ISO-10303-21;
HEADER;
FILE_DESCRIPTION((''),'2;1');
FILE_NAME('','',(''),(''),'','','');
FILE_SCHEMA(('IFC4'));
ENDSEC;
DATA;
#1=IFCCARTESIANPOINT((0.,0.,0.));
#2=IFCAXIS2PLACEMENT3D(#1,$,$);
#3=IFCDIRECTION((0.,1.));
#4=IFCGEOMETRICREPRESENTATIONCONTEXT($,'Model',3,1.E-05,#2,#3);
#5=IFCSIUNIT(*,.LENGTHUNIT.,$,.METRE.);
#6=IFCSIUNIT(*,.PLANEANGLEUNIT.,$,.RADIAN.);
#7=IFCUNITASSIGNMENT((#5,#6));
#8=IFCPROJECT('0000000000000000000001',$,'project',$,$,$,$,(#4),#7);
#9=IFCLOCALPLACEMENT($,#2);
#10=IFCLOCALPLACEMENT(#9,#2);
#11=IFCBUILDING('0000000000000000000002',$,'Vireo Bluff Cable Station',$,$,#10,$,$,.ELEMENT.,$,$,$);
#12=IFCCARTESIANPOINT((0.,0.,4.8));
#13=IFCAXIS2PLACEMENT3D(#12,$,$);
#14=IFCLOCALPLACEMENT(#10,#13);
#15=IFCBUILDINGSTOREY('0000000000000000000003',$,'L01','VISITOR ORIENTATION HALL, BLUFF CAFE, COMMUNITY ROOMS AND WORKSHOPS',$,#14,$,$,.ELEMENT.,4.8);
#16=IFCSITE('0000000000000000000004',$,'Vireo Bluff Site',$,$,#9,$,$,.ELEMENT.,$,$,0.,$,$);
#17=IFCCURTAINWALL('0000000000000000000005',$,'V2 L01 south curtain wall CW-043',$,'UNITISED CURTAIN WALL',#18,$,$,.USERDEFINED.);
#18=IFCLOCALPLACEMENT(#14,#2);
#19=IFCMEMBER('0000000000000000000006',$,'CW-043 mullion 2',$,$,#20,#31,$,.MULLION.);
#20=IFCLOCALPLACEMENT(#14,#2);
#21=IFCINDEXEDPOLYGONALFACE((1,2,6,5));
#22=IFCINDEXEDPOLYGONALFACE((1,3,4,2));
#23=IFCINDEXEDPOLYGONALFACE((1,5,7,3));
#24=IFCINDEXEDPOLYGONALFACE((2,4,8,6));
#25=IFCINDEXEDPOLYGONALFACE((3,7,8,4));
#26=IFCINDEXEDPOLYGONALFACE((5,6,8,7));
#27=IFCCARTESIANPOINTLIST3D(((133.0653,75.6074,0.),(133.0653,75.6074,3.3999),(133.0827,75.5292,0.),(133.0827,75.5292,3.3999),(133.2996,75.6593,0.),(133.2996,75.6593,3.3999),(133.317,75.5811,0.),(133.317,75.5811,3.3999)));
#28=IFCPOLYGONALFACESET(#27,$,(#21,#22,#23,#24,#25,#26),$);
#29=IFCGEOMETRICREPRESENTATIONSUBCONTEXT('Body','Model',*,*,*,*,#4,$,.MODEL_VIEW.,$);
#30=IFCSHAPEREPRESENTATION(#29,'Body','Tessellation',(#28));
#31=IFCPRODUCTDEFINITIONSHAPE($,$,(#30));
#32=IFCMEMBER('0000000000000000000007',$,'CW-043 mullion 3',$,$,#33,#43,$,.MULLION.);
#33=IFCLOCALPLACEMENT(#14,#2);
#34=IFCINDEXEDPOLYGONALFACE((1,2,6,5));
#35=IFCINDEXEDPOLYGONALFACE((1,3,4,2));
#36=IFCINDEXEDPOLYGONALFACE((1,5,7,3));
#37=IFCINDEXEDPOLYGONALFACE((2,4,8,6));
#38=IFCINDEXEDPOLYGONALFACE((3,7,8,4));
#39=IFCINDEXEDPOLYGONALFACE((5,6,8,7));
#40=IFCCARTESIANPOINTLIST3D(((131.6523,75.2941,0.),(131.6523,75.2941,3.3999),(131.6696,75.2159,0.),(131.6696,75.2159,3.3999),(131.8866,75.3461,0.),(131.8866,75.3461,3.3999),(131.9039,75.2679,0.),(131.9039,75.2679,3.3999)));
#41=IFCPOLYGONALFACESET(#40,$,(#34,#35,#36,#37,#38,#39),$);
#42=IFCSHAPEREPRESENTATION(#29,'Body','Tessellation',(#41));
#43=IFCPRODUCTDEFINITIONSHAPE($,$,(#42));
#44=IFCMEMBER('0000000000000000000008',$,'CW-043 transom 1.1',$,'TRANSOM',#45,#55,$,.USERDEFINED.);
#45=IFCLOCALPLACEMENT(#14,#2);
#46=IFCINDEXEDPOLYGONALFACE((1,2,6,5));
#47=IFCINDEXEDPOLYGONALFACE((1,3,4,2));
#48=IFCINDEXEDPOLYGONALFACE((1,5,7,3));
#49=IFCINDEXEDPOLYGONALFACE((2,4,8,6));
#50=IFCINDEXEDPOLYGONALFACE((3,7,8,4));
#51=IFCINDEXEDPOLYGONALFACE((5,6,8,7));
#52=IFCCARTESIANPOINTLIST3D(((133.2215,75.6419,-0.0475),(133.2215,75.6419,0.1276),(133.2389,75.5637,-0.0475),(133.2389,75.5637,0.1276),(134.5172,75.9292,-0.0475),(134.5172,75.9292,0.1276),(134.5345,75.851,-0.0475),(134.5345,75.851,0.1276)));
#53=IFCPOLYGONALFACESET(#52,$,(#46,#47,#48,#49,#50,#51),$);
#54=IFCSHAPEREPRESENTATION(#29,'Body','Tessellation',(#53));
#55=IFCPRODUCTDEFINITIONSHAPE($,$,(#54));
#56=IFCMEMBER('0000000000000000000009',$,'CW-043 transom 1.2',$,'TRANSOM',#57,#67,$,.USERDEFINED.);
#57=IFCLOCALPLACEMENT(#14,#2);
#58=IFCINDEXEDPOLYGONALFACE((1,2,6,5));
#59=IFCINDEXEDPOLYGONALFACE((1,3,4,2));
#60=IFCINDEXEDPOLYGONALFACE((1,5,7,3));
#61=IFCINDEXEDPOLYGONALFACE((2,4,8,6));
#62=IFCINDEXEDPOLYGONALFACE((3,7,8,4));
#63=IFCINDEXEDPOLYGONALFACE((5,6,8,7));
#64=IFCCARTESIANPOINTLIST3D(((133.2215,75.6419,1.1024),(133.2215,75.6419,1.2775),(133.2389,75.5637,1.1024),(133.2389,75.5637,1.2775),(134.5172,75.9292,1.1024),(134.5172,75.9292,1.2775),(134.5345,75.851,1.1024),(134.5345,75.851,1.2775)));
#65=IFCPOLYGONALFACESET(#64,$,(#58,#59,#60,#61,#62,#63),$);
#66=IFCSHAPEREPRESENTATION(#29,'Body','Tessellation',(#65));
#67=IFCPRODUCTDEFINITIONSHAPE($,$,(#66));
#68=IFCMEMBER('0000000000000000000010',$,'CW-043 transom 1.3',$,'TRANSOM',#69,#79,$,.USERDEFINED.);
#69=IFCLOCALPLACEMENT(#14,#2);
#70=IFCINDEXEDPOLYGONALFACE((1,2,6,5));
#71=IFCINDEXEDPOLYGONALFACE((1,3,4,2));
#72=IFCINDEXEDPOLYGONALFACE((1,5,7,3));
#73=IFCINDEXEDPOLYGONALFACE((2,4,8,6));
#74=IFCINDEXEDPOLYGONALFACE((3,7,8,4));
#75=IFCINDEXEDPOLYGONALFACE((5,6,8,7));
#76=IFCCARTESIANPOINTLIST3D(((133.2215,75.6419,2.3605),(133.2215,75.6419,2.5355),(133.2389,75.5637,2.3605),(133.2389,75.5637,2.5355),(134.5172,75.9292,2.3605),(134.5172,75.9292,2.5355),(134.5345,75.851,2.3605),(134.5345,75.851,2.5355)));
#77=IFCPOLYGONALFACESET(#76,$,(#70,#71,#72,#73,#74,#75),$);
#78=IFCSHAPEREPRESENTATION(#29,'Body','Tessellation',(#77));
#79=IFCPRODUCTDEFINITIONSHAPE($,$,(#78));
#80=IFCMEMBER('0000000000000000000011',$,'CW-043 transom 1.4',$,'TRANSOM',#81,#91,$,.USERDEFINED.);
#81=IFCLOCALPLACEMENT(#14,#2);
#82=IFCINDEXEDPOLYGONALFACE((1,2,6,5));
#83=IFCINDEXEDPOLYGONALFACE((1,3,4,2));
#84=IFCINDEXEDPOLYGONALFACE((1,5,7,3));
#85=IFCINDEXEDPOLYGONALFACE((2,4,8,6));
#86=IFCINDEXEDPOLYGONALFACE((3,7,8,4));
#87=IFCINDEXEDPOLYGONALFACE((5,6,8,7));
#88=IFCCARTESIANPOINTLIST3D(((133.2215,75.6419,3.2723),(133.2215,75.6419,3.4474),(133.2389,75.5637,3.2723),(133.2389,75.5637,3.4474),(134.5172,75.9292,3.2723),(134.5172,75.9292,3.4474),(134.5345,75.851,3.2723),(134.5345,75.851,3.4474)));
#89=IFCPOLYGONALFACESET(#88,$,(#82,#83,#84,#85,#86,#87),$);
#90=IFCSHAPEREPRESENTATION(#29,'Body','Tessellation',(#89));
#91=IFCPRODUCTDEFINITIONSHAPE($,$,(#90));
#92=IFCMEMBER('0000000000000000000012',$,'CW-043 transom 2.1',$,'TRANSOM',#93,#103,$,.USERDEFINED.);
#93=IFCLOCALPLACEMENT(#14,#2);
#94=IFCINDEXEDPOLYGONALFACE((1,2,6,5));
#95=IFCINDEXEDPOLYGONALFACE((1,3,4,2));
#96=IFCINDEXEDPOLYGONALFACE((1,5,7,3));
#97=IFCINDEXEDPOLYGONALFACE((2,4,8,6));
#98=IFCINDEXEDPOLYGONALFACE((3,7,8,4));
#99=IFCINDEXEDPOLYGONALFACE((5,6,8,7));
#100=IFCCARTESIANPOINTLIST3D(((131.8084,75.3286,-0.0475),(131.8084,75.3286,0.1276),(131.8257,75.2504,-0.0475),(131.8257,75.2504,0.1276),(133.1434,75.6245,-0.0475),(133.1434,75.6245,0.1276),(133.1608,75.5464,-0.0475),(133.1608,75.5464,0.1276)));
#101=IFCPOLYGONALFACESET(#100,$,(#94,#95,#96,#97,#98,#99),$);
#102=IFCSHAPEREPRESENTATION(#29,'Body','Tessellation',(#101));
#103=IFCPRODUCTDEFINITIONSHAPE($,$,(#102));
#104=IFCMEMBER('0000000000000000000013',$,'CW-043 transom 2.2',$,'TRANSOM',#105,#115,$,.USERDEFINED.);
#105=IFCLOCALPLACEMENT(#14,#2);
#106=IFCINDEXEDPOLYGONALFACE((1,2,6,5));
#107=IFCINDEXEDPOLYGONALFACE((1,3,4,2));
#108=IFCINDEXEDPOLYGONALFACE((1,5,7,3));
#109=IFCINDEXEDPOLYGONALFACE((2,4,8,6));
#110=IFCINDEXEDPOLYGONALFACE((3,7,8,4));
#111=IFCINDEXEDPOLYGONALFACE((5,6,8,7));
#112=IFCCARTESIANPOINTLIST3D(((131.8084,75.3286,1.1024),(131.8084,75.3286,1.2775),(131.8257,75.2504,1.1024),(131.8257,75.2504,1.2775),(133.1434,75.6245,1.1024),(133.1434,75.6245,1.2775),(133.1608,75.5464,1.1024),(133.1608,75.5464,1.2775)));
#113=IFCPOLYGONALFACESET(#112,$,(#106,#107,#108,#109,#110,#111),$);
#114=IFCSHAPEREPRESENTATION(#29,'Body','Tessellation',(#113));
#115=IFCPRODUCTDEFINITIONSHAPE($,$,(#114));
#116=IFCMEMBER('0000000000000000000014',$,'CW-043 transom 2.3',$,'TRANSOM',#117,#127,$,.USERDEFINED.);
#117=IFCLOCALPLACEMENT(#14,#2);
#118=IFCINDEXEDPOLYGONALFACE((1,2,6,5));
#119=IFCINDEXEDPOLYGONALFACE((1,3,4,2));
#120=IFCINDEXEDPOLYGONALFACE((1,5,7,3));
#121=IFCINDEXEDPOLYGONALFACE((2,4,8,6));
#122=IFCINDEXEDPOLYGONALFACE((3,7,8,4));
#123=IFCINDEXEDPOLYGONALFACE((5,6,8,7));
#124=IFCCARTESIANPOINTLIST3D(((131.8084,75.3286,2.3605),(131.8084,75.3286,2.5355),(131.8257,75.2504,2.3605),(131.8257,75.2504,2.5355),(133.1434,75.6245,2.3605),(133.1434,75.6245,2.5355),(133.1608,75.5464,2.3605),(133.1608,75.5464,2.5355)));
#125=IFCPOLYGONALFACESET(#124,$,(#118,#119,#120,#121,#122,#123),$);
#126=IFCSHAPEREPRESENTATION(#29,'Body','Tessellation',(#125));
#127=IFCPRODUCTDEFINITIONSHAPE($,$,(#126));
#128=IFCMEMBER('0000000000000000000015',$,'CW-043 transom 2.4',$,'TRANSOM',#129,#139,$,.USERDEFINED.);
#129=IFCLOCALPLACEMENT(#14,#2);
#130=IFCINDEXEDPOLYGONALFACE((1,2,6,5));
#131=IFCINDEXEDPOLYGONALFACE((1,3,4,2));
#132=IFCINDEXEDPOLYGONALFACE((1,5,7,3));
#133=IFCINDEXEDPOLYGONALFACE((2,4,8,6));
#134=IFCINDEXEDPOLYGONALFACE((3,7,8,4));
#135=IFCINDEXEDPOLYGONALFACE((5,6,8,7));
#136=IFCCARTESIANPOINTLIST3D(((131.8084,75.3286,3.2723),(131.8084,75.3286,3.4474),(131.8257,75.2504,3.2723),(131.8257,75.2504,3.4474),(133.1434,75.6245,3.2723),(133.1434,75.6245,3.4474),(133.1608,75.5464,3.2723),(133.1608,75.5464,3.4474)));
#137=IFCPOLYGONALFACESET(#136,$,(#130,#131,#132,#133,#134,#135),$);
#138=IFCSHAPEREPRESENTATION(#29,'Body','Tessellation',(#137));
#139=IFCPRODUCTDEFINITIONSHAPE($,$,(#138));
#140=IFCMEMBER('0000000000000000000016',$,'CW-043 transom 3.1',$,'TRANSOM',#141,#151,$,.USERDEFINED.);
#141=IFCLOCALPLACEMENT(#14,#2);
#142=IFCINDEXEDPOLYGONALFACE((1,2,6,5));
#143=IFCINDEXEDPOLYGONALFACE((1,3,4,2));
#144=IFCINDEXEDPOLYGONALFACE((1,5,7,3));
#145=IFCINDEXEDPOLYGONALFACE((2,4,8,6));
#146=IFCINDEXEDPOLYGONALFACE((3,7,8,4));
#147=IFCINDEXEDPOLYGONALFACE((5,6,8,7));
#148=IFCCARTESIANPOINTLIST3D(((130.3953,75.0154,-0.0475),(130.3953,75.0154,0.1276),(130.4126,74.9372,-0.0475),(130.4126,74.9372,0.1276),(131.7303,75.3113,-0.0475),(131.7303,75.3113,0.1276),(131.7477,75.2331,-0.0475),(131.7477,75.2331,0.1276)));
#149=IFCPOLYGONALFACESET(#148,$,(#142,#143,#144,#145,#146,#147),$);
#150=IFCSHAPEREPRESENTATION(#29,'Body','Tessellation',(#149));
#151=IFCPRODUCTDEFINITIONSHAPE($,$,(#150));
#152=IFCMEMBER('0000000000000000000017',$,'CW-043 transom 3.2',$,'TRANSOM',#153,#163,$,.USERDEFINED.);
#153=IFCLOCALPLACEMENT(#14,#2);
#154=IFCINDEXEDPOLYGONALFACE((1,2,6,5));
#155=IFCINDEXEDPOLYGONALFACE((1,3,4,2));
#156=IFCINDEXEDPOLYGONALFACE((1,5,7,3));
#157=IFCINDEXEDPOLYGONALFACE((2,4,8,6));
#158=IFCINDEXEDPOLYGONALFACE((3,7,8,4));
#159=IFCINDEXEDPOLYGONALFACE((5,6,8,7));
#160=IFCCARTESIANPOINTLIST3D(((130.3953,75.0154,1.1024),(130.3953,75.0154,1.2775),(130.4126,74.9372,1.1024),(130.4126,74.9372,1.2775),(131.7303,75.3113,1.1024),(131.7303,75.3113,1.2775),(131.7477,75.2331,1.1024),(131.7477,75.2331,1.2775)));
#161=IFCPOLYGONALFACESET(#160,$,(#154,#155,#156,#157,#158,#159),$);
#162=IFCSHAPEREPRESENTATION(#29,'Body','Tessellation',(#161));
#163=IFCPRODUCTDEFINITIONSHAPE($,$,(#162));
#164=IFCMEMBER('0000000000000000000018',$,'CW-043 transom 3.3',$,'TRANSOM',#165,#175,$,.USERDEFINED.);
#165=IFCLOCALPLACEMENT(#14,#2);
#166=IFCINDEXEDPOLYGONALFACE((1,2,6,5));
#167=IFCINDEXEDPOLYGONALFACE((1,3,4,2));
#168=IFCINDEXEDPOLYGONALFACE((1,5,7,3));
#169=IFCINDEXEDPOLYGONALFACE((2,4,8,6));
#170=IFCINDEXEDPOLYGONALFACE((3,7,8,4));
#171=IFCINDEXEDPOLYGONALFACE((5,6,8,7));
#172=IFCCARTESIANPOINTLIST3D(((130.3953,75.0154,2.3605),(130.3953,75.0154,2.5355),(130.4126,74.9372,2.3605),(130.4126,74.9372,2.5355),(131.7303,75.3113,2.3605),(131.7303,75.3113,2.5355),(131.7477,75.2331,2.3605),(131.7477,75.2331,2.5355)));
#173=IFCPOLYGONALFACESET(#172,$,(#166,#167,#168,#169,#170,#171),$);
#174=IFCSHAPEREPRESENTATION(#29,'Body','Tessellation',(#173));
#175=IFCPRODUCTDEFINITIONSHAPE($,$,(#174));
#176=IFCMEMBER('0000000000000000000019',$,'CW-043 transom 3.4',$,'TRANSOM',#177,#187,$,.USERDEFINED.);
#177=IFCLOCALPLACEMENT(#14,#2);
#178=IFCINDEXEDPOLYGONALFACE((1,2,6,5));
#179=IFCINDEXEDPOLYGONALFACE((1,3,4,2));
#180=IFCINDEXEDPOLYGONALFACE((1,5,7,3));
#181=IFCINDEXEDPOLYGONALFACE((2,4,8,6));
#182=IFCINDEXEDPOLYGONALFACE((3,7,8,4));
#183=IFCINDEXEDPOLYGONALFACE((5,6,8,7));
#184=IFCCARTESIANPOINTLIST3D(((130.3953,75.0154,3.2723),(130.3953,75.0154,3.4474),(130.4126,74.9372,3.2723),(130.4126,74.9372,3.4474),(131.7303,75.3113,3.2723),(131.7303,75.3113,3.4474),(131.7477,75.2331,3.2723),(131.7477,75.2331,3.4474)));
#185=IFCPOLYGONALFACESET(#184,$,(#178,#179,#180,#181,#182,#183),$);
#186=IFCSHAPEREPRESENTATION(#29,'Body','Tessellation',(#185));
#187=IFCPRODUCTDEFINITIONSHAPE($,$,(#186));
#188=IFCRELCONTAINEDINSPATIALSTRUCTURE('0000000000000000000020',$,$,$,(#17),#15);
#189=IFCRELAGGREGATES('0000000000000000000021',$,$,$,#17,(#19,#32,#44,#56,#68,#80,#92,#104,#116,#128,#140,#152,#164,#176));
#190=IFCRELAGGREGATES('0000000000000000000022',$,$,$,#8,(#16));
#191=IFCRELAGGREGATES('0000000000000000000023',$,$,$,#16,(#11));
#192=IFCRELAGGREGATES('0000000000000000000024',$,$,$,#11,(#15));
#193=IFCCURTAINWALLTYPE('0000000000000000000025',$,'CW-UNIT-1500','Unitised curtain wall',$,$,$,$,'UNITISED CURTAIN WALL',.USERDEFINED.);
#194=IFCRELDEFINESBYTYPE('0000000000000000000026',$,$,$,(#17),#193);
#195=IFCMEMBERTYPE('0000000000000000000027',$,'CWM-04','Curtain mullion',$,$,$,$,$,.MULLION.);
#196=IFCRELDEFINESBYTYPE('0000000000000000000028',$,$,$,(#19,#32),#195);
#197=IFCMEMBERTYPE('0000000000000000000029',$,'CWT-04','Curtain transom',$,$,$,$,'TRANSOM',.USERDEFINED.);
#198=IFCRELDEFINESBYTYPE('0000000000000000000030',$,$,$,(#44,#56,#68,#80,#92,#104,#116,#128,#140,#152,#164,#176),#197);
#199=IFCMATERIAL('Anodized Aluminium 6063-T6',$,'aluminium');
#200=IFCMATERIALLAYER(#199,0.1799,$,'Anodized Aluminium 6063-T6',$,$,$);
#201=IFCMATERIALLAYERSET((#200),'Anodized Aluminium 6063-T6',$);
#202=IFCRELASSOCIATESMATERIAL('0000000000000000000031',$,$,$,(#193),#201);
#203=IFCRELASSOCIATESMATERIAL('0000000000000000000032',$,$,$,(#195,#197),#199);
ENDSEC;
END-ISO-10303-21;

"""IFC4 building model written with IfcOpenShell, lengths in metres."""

from ifc_helpers import new_model, si_unit, direction, frame, origin, origin_2d, place, context, subcontext, project, spatial, rectangle, extrude, material, layer, layer_set, material_profile, profile_set, type_object, element, aggregate, save


model = new_model("IFC4")

# Units and contexts
model_context = context("Model", 3, precision=1e-05, world=origin(), true_north=direction((0.0, 1.0)))
body_context = subcontext(model_context, "Body", "Model", "MODEL_VIEW")
ifc_project = project(units=[si_unit("LENGTHUNIT", "METRE"), si_unit("PLANEANGLEUNIT", "RADIAN")], contexts=[model_context])

# Site, building, storey
site_placement = place(None, origin())
site = spatial("IfcSite", under=ifc_project, at=site_placement, Name="Vireo Bluff Site", CompositionType="ELEMENT", RefElevation=0.0)
building_placement = place(site_placement, origin())
building = spatial("IfcBuilding", under=site, at=building_placement, Name="Vireo Bluff Cable Station", CompositionType="ELEMENT")
storey_placement = place(building_placement, frame((0.0, 0.0, 4.8)))
storey = spatial("IfcBuildingStorey", under=building, at=storey_placement, Name="L01", Description="VISITOR ORIENTATION HALL, BLUFF CAFE, COMMUNITY ROOMS AND WORKSHOPS", CompositionType="ELEMENT", Elevation=4.8)

# Curtain wall, members
ifc_material_1 = material(Name="Anodized Aluminium 6063-T6", Category="aluminium")
ifc_layer_1 = layer(ifc_material_1, 0.1799, Name="Anodized Aluminium 6063-T6")
ifc_layer_set_1 = layer_set([ifc_layer_1], Name="Anodized Aluminium 6063-T6")
curtain_wall_type = type_object("IfcCurtainWallType", Name="CW-UNIT-1500", Description="Unitised curtain wall", ElementType="UNITISED CURTAIN WALL", PredefinedType="USERDEFINED", material=ifc_layer_set_1)
curtain_wall_placement = place(storey_placement, origin())
curtain_wall = element("IfcCurtainWall", 1, at=curtain_wall_placement, inside=storey, type_object=curtain_wall_type, Name="V2 L01 south curtain wall CW-043", ObjectType="UNITISED CURTAIN WALL", PredefinedType="USERDEFINED")
ifc_material_profile_1 = material_profile(ifc_material_1, rectangle(XDim=0.0801, YDim=0.24, at=origin_2d()), Name="ALU-M-80X240")
ifc_profile_set_1 = profile_set([ifc_material_profile_1], Name="Anodized Aluminium 6063-T6")
member_type_1 = type_object("IfcMemberType", Name="CWM-04", Description="Curtain mullion", PredefinedType="MULLION", material=ifc_profile_set_1)
member_1_placement = place(storey_placement, frame((133.1912, 75.5942, 0.0), z_axis=(0.0, 0.0, 1.0), x_axis=(0.21644, -0.976296, 0.0)))
member_1 = element("IfcMember", 2, at=member_1_placement, type_object=member_type_1, Name="CW-043 mullion 2", PredefinedType="MULLION", context=body_context, shape_type="SweptSolid", body=[
    extrude(rectangle(XDim=0.0801, YDim=0.24, at=origin_2d()), origin(), (0.0, 0.0, 1.0), 3.3999),
])
member_2_placement = place(storey_placement, frame((131.7781, 75.281, 0.0), z_axis=(0.0, 0.0, 1.0), x_axis=(0.21644, -0.976296, 0.0)))
member_2 = element("IfcMember", 3, at=member_2_placement, type_object=member_type_1, Name="CW-043 mullion 3", PredefinedType="MULLION", context=body_context, shape_type="SweptSolid", body=[
    extrude(rectangle(XDim=0.0801, YDim=0.24, at=origin_2d()), origin(), (0.0, 0.0, 1.0), 3.3999),
])
ifc_material_profile_2 = material_profile(ifc_material_1, rectangle(XDim=0.0801, YDim=0.175, at=origin_2d()), Name="ALU-T-80X175")
ifc_profile_set_2 = profile_set([ifc_material_profile_2], Name="Anodized Aluminium 6063-T6")
member_type_2 = type_object("IfcMemberType", Name="CWT-04", Description="Curtain transom", ElementType="TRANSOM", PredefinedType="USERDEFINED", material=ifc_profile_set_2)
member_3_placement = place(storey_placement, frame((134.5259, 75.8901, 0.04), z_axis=(-0.976278, -0.216521, 0.0), x_axis=(0.216521, -0.976278, 0.0)))
member_3 = element("IfcMember", 4, at=member_3_placement, type_object=member_type_2, Name="CW-043 transom 1.1", ObjectType="TRANSOM", PredefinedType="USERDEFINED", context=body_context, shape_type="SweptSolid", body=[
    extrude(rectangle(XDim=0.0801, YDim=0.175, at=origin_2d()), origin(), (0.0, 0.0, 1.0), 1.3271),
])
member_4_placement = place(storey_placement, frame((134.5259, 75.8901, 1.1899), z_axis=(-0.976278, -0.216521, 0.0), x_axis=(0.216521, -0.976278, 0.0)))
member_4 = element("IfcMember", 5, at=member_4_placement, type_object=member_type_2, Name="CW-043 transom 1.2", ObjectType="TRANSOM", PredefinedType="USERDEFINED", context=body_context, shape_type="SweptSolid", body=[
    extrude(rectangle(XDim=0.0801, YDim=0.175, at=origin_2d()), origin(), (0.0, 0.0, 1.0), 1.3271),
])
member_5_placement = place(storey_placement, frame((134.5259, 75.8901, 2.448), z_axis=(-0.976278, -0.216521, 0.0), x_axis=(0.216521, -0.976278, 0.0)))
member_5 = element("IfcMember", 6, at=member_5_placement, type_object=member_type_2, Name="CW-043 transom 1.3", ObjectType="TRANSOM", PredefinedType="USERDEFINED", context=body_context, shape_type="SweptSolid", body=[
    extrude(rectangle(XDim=0.0801, YDim=0.175, at=origin_2d()), origin(), (0.0, 0.0, 1.0), 1.3271),
])
member_6_placement = place(storey_placement, frame((134.5259, 75.8901, 3.3599), z_axis=(-0.976278, -0.216521, 0.0), x_axis=(0.216521, -0.976278, 0.0)))
member_6 = element("IfcMember", 7, at=member_6_placement, type_object=member_type_2, Name="CW-043 transom 1.4", ObjectType="TRANSOM", PredefinedType="USERDEFINED", context=body_context, shape_type="SweptSolid", body=[
    extrude(rectangle(XDim=0.0801, YDim=0.175, at=origin_2d()), origin(), (0.0, 0.0, 1.0), 1.3271),
])
member_7_placement = place(storey_placement, frame((133.1521, 75.5854, 0.04), z_axis=(-0.976305, -0.216401, 0.0), x_axis=(0.216401, -0.976305, 0.0)))
member_7 = element("IfcMember", 8, at=member_7_placement, type_object=member_type_2, Name="CW-043 transom 2.1", ObjectType="TRANSOM", PredefinedType="USERDEFINED", context=body_context, shape_type="SweptSolid", body=[
    extrude(rectangle(XDim=0.0801, YDim=0.175, at=origin_2d()), origin(), (0.0, 0.0, 1.0), 1.3674),
])
member_8_placement = place(storey_placement, frame((133.1521, 75.5854, 1.1899), z_axis=(-0.976305, -0.216401, 0.0), x_axis=(0.216401, -0.976305, 0.0)))
member_8 = element("IfcMember", 9, at=member_8_placement, type_object=member_type_2, Name="CW-043 transom 2.2", ObjectType="TRANSOM", PredefinedType="USERDEFINED", context=body_context, shape_type="SweptSolid", body=[
    extrude(rectangle(XDim=0.0801, YDim=0.175, at=origin_2d()), origin(), (0.0, 0.0, 1.0), 1.3674),
])
member_9_placement = place(storey_placement, frame((133.1521, 75.5854, 2.448), z_axis=(-0.976305, -0.216401, 0.0), x_axis=(0.216401, -0.976305, 0.0)))
member_9 = element("IfcMember", 10, at=member_9_placement, type_object=member_type_2, Name="CW-043 transom 2.3", ObjectType="TRANSOM", PredefinedType="USERDEFINED", context=body_context, shape_type="SweptSolid", body=[
    extrude(rectangle(XDim=0.0801, YDim=0.175, at=origin_2d()), origin(), (0.0, 0.0, 1.0), 1.3674),
])
member_10_placement = place(storey_placement, frame((133.1521, 75.5854, 3.3599), z_axis=(-0.976305, -0.216401, 0.0), x_axis=(0.216401, -0.976305, 0.0)))
member_10 = element("IfcMember", 11, at=member_10_placement, type_object=member_type_2, Name="CW-043 transom 2.4", ObjectType="TRANSOM", PredefinedType="USERDEFINED", context=body_context, shape_type="SweptSolid", body=[
    extrude(rectangle(XDim=0.0801, YDim=0.175, at=origin_2d()), origin(), (0.0, 0.0, 1.0), 1.3674),
])
member_11_placement = place(storey_placement, frame((131.739, 75.2722, 0.04), z_axis=(-0.976305, -0.216401, 0.0), x_axis=(0.216401, -0.976305, 0.0)))
member_11 = element("IfcMember", 12, at=member_11_placement, type_object=member_type_2, Name="CW-043 transom 3.1", ObjectType="TRANSOM", PredefinedType="USERDEFINED", context=body_context, shape_type="SweptSolid", body=[
    extrude(rectangle(XDim=0.0801, YDim=0.175, at=origin_2d()), origin(), (0.0, 0.0, 1.0), 1.3674),
])
member_12_placement = place(storey_placement, frame((131.739, 75.2722, 1.1899), z_axis=(-0.976305, -0.216401, 0.0), x_axis=(0.216401, -0.976305, 0.0)))
member_12 = element("IfcMember", 13, at=member_12_placement, type_object=member_type_2, Name="CW-043 transom 3.2", ObjectType="TRANSOM", PredefinedType="USERDEFINED", context=body_context, shape_type="SweptSolid", body=[
    extrude(rectangle(XDim=0.0801, YDim=0.175, at=origin_2d()), origin(), (0.0, 0.0, 1.0), 1.3674),
])
member_13_placement = place(storey_placement, frame((131.739, 75.2722, 2.448), z_axis=(-0.976305, -0.216401, 0.0), x_axis=(0.216401, -0.976305, 0.0)))
member_13 = element("IfcMember", 14, at=member_13_placement, type_object=member_type_2, Name="CW-043 transom 3.3", ObjectType="TRANSOM", PredefinedType="USERDEFINED", context=body_context, shape_type="SweptSolid", body=[
    extrude(rectangle(XDim=0.0801, YDim=0.175, at=origin_2d()), origin(), (0.0, 0.0, 1.0), 1.3674),
])
member_14_placement = place(storey_placement, frame((131.739, 75.2722, 3.3599), z_axis=(-0.976305, -0.216401, 0.0), x_axis=(0.216401, -0.976305, 0.0)))
member_14 = element("IfcMember", 15, at=member_14_placement, type_object=member_type_2, Name="CW-043 transom 3.4", ObjectType="TRANSOM", PredefinedType="USERDEFINED", context=body_context, shape_type="SweptSolid", body=[
    extrude(rectangle(XDim=0.0801, YDim=0.175, at=origin_2d()), origin(), (0.0, 0.0, 1.0), 1.3674),
])
aggregate(curtain_wall, [member_1, member_2, member_3, member_4, member_5, member_6, member_7, member_8, member_9, member_10, member_11, member_12, member_13, member_14])

save(model, "model.ifc")
